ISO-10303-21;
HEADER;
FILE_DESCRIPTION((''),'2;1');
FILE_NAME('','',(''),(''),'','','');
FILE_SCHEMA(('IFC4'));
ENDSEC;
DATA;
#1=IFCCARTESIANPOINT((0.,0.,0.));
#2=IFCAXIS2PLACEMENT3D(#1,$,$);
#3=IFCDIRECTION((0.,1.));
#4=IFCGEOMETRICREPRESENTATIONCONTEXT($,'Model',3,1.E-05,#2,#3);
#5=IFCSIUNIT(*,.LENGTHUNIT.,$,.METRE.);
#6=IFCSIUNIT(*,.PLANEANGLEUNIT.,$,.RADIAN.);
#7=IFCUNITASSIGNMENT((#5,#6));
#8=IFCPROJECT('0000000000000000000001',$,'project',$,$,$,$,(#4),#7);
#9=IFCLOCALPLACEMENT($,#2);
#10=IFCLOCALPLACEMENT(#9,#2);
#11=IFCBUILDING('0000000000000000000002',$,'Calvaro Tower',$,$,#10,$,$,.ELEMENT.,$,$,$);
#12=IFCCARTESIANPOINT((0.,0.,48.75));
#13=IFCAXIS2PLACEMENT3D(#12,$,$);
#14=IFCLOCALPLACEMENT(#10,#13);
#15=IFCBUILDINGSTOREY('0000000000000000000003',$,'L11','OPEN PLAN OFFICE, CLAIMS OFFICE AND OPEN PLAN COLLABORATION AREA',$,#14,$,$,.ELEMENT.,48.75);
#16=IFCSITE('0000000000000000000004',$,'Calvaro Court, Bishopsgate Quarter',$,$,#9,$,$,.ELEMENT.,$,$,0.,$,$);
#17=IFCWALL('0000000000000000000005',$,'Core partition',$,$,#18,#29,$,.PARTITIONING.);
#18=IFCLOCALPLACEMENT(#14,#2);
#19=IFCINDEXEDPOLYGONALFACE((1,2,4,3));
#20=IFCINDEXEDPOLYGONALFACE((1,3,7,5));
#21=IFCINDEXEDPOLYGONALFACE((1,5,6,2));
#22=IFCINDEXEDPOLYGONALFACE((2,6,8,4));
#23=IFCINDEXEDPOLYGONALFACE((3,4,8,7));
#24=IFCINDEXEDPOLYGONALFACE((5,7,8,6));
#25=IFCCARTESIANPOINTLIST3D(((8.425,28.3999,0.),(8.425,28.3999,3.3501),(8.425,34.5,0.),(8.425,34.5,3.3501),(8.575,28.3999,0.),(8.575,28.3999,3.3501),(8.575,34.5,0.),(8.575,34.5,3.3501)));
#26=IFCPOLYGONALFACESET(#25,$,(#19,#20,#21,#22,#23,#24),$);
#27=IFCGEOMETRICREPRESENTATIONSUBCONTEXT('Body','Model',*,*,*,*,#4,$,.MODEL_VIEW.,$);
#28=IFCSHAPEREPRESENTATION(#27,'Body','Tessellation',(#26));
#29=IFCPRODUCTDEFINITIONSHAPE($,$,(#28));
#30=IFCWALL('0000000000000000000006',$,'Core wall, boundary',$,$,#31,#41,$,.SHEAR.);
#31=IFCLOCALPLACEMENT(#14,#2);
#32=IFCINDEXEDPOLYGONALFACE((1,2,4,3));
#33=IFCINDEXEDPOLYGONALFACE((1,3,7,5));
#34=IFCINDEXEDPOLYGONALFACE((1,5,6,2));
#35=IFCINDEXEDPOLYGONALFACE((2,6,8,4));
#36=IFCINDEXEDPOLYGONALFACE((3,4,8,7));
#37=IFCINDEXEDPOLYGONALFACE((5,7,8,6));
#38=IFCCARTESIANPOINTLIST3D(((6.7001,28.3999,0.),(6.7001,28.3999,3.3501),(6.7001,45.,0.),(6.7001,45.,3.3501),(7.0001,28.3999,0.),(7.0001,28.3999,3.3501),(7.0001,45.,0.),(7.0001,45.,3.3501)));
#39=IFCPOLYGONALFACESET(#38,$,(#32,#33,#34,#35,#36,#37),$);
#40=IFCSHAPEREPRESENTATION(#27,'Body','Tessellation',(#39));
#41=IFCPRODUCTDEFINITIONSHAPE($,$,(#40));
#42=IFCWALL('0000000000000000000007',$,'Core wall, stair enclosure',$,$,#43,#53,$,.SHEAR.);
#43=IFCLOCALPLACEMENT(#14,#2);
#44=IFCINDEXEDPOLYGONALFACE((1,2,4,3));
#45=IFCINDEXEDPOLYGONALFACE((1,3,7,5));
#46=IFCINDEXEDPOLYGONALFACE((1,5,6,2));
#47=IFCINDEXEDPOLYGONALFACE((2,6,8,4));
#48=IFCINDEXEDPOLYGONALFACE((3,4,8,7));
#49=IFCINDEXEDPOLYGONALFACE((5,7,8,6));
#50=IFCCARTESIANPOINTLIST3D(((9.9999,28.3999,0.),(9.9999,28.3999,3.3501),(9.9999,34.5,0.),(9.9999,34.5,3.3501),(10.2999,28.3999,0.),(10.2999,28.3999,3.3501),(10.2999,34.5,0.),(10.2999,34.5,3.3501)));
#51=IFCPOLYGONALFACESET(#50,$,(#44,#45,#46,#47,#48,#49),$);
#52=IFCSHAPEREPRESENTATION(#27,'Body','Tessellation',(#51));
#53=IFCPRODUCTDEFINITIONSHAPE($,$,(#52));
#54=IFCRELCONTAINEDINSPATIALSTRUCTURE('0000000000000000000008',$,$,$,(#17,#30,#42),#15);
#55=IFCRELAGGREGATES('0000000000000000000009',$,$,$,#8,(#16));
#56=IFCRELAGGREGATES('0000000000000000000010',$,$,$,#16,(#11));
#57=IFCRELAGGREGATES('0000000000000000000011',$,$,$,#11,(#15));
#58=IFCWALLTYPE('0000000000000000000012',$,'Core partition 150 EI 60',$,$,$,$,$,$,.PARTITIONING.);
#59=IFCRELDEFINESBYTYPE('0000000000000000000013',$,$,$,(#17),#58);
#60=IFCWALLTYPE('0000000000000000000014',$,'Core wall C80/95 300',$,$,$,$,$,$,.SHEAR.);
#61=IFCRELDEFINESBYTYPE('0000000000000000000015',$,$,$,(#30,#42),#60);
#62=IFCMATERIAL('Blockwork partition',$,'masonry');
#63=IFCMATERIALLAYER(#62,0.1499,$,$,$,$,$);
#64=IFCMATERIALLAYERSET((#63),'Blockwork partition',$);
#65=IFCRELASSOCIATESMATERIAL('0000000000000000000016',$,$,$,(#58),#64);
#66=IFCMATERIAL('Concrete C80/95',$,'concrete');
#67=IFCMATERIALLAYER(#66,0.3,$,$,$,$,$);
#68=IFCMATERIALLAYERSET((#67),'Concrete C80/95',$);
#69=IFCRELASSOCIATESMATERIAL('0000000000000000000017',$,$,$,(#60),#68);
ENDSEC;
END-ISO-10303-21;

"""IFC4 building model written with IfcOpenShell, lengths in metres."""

from ifc_helpers import new_model, si_unit, direction, frame, frame_2d, origin, place, context, subcontext, project, spatial, rectangle, extrude, material, layer, layer_set, type_object, element, save


model = new_model("IFC4")

# Units and contexts
model_context = context("Model", 3, precision=1e-05, world=origin(), true_north=direction((0.0, 1.0)))
body_context = subcontext(model_context, "Body", "Model", "MODEL_VIEW")
ifc_project = project(units=[si_unit("LENGTHUNIT", "METRE"), si_unit("PLANEANGLEUNIT", "RADIAN")], contexts=[model_context])

# Site, building, storey
site_placement = place(None, origin())
site = spatial("IfcSite", under=ifc_project, at=site_placement, Name="Calvaro Court, Bishopsgate Quarter", CompositionType="ELEMENT", RefElevation=0.0)
building_placement = place(site_placement, origin())
building = spatial("IfcBuilding", under=site, at=building_placement, Name="Calvaro Tower", CompositionType="ELEMENT")
storey_placement = place(building_placement, frame((0.0, 0.0, 48.75)))
storey = spatial("IfcBuildingStorey", under=building, at=storey_placement, Name="L11", Description="OPEN PLAN OFFICE, CLAIMS OFFICE AND OPEN PLAN COLLABORATION AREA", CompositionType="ELEMENT", Elevation=48.75)

# Walls
ifc_material_1 = material(Name="Blockwork partition", Category="masonry")
ifc_layer_1 = layer(ifc_material_1, 0.1499)
ifc_layer_set_1 = layer_set([ifc_layer_1], Name="Blockwork partition")
wall_type_1 = type_object("IfcWallType", Name="Core partition 150 EI 60", PredefinedType="PARTITIONING", material=ifc_layer_set_1)
wall_1_placement = place(storey_placement, frame((8.5, 28.3999, 0.0), z_axis=(0.0, 0.0, 1.0), x_axis=(0.0, 1.0, 0.0)))
element("IfcWall", 1, at=wall_1_placement, inside=storey, type_object=wall_type_1, Name="Core partition", PredefinedType="PARTITIONING", context=body_context, shape_type="SweptSolid", body=[
    extrude(rectangle(XDim=6.1001, YDim=0.1499, at=frame_2d((3.05, 0.0))), origin(), (0.0, 0.0, 1.0), 3.3501),
])
ifc_material_2 = material(Name="Concrete C80/95", Category="concrete")
ifc_layer_2 = layer(ifc_material_2, 0.3)
ifc_layer_set_2 = layer_set([ifc_layer_2], Name="Concrete C80/95")
wall_type_2 = type_object("IfcWallType", Name="Core wall C80/95 300", PredefinedType="SHEAR", material=ifc_layer_set_2)
wall_2_placement = place(storey_placement, frame((6.8501, 28.3999, 0.0), z_axis=(0.0, 0.0, 1.0), x_axis=(0.0, 1.0, 0.0)))
element("IfcWall", 2, at=wall_2_placement, inside=storey, type_object=wall_type_2, Name="Core wall, boundary", PredefinedType="SHEAR", context=body_context, shape_type="SweptSolid", body=[
    extrude(rectangle(XDim=16.6001, YDim=0.3, at=frame_2d((8.3, 0.0))), origin(), (0.0, 0.0, 1.0), 3.3501),
])
wall_3_placement = place(storey_placement, frame((10.1499, 28.3999, 0.0), z_axis=(0.0, 0.0, 1.0), x_axis=(0.0, 1.0, 0.0)))
element("IfcWall", 3, at=wall_3_placement, inside=storey, type_object=wall_type_2, Name="Core wall, stair enclosure", PredefinedType="SHEAR", context=body_context, shape_type="SweptSolid", body=[
    extrude(rectangle(XDim=6.1001, YDim=0.3, at=frame_2d((3.05, 0.0))), origin(), (0.0, 0.0, 1.0), 3.3501),
])

save(model, "model.ifc")
